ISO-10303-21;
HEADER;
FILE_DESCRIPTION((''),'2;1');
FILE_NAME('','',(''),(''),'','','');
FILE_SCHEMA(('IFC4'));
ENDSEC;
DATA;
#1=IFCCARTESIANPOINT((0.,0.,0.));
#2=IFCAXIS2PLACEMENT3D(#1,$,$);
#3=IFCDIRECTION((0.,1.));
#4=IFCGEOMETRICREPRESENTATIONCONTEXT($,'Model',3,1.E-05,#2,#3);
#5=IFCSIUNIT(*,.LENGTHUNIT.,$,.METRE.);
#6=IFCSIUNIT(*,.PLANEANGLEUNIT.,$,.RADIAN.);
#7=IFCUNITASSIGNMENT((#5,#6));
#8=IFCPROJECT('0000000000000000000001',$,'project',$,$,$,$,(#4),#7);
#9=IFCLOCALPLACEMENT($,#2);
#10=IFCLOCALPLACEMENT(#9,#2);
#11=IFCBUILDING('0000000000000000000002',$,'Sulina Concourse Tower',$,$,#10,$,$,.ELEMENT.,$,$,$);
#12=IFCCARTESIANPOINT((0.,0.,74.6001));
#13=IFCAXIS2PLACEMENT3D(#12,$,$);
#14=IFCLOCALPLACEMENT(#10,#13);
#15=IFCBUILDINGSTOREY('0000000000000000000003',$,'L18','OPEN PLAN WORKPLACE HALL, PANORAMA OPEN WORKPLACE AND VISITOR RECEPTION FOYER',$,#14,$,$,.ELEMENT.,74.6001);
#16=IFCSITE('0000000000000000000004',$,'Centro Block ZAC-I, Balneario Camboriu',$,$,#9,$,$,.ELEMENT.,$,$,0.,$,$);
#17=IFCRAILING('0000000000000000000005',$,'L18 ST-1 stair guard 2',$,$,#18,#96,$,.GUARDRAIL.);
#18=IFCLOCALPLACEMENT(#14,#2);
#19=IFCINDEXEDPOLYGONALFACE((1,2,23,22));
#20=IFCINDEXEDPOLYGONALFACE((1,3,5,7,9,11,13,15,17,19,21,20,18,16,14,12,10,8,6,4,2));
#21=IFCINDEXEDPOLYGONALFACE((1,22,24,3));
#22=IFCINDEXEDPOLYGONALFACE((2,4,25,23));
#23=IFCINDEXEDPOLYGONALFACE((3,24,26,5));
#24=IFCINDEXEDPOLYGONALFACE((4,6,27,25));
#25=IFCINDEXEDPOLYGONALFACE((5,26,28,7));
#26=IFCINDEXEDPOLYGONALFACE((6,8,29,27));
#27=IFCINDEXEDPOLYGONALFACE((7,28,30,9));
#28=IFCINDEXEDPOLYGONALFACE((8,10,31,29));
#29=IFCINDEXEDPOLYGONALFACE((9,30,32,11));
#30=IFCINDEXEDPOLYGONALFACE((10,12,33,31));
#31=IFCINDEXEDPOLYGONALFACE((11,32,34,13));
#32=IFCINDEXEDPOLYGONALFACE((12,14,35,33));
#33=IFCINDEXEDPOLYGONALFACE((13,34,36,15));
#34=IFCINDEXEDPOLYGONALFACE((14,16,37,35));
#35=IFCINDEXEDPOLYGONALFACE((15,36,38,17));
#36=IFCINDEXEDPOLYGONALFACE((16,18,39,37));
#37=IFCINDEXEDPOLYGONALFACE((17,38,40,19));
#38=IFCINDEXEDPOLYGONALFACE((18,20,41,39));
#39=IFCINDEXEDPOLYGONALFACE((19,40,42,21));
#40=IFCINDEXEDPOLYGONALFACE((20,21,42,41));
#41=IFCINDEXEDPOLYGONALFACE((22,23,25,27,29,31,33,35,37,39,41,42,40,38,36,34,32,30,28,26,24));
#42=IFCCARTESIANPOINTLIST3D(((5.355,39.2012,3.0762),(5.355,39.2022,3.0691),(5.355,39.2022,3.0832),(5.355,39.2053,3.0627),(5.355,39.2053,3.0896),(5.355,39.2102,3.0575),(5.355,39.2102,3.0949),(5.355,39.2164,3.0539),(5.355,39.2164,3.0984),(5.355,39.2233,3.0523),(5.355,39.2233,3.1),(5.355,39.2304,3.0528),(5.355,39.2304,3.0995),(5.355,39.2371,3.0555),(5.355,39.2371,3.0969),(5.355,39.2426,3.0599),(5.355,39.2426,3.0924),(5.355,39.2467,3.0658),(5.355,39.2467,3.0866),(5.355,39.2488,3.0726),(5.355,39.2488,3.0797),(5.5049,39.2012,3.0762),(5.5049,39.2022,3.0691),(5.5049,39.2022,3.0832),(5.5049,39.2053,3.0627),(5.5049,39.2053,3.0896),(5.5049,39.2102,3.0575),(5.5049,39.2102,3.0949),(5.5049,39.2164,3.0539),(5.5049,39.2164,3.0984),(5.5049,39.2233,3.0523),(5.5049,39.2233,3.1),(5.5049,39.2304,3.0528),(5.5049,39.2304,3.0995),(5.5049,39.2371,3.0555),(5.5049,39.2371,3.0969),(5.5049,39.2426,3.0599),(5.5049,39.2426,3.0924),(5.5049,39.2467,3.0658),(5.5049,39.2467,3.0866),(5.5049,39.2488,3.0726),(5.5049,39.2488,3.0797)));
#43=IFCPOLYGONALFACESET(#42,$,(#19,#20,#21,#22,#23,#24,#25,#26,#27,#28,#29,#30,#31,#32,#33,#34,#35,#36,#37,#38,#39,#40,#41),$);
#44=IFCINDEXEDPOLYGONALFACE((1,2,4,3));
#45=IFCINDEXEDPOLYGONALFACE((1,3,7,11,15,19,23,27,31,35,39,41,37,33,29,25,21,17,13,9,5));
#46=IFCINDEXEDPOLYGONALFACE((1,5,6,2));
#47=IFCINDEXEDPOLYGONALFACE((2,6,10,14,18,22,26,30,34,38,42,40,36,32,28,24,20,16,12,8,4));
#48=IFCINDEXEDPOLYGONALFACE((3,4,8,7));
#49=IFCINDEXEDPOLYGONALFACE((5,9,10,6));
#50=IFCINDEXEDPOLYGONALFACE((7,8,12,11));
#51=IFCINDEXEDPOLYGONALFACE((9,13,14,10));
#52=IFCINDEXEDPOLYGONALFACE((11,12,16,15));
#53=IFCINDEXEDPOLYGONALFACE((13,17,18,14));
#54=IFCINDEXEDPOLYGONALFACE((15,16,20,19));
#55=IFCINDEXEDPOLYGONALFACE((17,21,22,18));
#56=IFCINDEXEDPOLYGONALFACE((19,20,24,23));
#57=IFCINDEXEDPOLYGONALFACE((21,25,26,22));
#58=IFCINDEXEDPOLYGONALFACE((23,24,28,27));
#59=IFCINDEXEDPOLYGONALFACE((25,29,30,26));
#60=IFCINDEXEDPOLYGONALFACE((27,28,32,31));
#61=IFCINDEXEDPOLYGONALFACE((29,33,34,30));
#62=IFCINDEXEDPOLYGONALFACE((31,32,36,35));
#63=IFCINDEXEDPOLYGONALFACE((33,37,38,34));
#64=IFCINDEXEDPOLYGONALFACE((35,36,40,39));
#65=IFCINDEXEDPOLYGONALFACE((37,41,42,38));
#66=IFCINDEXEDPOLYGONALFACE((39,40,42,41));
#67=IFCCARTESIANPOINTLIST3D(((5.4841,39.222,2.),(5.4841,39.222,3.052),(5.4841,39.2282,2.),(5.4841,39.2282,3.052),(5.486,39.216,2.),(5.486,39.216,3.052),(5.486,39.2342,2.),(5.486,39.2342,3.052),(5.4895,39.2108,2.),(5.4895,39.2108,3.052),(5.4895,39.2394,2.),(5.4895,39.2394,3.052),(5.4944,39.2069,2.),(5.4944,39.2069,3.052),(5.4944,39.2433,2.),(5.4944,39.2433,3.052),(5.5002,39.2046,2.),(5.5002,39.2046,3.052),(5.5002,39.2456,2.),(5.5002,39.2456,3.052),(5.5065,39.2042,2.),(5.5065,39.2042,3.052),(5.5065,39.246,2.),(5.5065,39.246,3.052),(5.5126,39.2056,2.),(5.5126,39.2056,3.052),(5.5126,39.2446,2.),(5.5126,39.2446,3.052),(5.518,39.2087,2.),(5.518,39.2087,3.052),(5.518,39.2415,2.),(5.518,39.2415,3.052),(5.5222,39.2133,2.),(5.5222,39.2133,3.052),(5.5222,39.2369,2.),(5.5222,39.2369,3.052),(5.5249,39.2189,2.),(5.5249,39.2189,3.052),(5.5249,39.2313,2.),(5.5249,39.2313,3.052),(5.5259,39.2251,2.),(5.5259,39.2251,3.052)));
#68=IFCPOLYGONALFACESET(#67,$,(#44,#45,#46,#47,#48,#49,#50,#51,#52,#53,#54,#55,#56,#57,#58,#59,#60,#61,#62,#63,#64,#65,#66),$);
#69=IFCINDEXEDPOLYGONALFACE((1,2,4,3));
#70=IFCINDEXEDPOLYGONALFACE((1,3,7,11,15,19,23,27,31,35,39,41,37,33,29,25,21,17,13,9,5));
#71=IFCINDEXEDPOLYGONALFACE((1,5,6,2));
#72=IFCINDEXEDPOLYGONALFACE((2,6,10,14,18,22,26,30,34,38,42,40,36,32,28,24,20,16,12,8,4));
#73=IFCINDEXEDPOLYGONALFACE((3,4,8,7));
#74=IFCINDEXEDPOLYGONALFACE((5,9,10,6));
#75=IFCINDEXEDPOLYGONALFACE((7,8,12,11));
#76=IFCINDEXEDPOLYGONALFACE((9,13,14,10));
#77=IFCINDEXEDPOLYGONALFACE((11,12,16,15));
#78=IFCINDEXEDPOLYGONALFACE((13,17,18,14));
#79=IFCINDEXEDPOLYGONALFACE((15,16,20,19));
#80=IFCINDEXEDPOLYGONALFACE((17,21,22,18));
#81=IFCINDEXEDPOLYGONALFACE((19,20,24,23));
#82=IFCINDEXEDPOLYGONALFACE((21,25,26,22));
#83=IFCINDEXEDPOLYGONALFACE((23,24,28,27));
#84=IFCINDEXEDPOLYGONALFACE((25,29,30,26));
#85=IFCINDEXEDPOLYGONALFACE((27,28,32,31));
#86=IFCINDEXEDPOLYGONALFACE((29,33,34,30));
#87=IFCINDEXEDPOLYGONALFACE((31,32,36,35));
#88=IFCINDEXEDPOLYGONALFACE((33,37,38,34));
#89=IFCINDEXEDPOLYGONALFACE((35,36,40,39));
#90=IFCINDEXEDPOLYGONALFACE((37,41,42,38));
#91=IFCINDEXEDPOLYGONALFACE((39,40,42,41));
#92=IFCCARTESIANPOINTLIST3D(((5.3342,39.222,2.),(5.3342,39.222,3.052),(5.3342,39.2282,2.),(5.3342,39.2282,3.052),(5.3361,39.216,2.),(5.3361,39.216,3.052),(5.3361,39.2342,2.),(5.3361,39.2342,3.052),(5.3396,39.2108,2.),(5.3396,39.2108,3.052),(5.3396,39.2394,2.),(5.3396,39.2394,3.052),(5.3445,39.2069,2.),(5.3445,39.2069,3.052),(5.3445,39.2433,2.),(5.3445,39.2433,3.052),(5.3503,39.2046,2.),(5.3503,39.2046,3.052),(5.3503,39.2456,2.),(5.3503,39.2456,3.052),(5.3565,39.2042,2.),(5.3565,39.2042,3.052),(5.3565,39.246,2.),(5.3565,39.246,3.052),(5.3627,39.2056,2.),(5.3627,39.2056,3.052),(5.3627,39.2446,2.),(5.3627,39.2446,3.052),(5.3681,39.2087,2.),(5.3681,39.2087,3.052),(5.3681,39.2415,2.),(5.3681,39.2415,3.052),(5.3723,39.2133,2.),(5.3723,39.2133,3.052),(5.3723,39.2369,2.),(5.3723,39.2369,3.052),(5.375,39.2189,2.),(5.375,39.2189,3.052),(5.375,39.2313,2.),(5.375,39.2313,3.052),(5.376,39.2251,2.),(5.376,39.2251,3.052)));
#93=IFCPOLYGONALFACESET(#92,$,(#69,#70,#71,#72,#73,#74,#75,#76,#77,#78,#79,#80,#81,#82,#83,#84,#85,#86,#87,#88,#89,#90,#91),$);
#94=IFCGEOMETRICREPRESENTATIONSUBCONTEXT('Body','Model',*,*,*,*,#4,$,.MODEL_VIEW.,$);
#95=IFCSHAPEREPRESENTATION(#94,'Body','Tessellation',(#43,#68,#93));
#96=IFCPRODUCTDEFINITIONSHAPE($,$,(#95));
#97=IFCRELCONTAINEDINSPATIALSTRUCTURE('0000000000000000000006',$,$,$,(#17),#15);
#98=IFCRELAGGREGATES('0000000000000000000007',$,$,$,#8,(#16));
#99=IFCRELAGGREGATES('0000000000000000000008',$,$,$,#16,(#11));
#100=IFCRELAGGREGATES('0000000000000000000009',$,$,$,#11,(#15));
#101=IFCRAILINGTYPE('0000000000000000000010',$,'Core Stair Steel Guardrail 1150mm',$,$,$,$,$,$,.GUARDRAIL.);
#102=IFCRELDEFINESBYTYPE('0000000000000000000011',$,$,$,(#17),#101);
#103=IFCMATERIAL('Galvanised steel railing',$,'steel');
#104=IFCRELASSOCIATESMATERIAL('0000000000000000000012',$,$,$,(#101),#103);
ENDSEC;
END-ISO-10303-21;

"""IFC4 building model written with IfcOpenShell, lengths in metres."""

from ifc_helpers import new_model, si_unit, direction, frame, origin, origin_2d, place, context, subcontext, project, spatial, circle, extrude, material, type_object, element, save


model = new_model("IFC4")

# Units and contexts
model_context = context("Model", 3, precision=1e-05, world=origin(), true_north=direction((0.0, 1.0)))
body_context = subcontext(model_context, "Body", "Model", "MODEL_VIEW")
ifc_project = project(units=[si_unit("LENGTHUNIT", "METRE"), si_unit("PLANEANGLEUNIT", "RADIAN")], contexts=[model_context])

# Site, building, storey
site_placement = place(None, origin())
site = spatial("IfcSite", under=ifc_project, at=site_placement, Name="Centro Block ZAC-I, Balneario Camboriu", CompositionType="ELEMENT", RefElevation=0.0)
building_placement = place(site_placement, origin())
building = spatial("IfcBuilding", under=site, at=building_placement, Name="Sulina Concourse Tower", CompositionType="ELEMENT")
storey_placement = place(building_placement, frame((0.0, 0.0, 74.6001)))
storey = spatial("IfcBuildingStorey", under=building, at=storey_placement, Name="L18", Description="OPEN PLAN WORKPLACE HALL, PANORAMA OPEN WORKPLACE AND VISITOR RECEPTION FOYER", CompositionType="ELEMENT", Elevation=74.6001)

# Railing
ifc_material_1 = material(Name="Galvanised steel railing", Category="steel")
railing_type_1 = type_object("IfcRailingType", Name="Core Stair Steel Guardrail 1150mm", PredefinedType="GUARDRAIL", material=ifc_material_1)
railing_1_placement = place(storey_placement, frame((5.5049, 39.2251, 2.0)))
element("IfcRailing", 1, at=railing_1_placement, inside=storey, type_object=railing_type_1, Name="L18 ST-1 stair guard 2", PredefinedType="GUARDRAIL", context=body_context, shape_type="SweptSolid", body=[
    extrude(circle(Radius=0.0239, at=origin_2d()), frame((0.0, 0.0, 1.0762), z_axis=(-1.0, 0.0, 0.0), x_axis=(0.0, -1.0, 0.0)), (0.0, 0.0, 1.0), 0.1499),
    extrude(circle(Radius=0.021, at=origin_2d()), origin(), (0.0, 0.0, 1.0), 1.052),
    extrude(circle(Radius=0.021, at=origin_2d()), frame((-0.1499, 0.0, 0.0)), (0.0, 0.0, 1.0), 1.052),
])

save(model, "model.ifc")
